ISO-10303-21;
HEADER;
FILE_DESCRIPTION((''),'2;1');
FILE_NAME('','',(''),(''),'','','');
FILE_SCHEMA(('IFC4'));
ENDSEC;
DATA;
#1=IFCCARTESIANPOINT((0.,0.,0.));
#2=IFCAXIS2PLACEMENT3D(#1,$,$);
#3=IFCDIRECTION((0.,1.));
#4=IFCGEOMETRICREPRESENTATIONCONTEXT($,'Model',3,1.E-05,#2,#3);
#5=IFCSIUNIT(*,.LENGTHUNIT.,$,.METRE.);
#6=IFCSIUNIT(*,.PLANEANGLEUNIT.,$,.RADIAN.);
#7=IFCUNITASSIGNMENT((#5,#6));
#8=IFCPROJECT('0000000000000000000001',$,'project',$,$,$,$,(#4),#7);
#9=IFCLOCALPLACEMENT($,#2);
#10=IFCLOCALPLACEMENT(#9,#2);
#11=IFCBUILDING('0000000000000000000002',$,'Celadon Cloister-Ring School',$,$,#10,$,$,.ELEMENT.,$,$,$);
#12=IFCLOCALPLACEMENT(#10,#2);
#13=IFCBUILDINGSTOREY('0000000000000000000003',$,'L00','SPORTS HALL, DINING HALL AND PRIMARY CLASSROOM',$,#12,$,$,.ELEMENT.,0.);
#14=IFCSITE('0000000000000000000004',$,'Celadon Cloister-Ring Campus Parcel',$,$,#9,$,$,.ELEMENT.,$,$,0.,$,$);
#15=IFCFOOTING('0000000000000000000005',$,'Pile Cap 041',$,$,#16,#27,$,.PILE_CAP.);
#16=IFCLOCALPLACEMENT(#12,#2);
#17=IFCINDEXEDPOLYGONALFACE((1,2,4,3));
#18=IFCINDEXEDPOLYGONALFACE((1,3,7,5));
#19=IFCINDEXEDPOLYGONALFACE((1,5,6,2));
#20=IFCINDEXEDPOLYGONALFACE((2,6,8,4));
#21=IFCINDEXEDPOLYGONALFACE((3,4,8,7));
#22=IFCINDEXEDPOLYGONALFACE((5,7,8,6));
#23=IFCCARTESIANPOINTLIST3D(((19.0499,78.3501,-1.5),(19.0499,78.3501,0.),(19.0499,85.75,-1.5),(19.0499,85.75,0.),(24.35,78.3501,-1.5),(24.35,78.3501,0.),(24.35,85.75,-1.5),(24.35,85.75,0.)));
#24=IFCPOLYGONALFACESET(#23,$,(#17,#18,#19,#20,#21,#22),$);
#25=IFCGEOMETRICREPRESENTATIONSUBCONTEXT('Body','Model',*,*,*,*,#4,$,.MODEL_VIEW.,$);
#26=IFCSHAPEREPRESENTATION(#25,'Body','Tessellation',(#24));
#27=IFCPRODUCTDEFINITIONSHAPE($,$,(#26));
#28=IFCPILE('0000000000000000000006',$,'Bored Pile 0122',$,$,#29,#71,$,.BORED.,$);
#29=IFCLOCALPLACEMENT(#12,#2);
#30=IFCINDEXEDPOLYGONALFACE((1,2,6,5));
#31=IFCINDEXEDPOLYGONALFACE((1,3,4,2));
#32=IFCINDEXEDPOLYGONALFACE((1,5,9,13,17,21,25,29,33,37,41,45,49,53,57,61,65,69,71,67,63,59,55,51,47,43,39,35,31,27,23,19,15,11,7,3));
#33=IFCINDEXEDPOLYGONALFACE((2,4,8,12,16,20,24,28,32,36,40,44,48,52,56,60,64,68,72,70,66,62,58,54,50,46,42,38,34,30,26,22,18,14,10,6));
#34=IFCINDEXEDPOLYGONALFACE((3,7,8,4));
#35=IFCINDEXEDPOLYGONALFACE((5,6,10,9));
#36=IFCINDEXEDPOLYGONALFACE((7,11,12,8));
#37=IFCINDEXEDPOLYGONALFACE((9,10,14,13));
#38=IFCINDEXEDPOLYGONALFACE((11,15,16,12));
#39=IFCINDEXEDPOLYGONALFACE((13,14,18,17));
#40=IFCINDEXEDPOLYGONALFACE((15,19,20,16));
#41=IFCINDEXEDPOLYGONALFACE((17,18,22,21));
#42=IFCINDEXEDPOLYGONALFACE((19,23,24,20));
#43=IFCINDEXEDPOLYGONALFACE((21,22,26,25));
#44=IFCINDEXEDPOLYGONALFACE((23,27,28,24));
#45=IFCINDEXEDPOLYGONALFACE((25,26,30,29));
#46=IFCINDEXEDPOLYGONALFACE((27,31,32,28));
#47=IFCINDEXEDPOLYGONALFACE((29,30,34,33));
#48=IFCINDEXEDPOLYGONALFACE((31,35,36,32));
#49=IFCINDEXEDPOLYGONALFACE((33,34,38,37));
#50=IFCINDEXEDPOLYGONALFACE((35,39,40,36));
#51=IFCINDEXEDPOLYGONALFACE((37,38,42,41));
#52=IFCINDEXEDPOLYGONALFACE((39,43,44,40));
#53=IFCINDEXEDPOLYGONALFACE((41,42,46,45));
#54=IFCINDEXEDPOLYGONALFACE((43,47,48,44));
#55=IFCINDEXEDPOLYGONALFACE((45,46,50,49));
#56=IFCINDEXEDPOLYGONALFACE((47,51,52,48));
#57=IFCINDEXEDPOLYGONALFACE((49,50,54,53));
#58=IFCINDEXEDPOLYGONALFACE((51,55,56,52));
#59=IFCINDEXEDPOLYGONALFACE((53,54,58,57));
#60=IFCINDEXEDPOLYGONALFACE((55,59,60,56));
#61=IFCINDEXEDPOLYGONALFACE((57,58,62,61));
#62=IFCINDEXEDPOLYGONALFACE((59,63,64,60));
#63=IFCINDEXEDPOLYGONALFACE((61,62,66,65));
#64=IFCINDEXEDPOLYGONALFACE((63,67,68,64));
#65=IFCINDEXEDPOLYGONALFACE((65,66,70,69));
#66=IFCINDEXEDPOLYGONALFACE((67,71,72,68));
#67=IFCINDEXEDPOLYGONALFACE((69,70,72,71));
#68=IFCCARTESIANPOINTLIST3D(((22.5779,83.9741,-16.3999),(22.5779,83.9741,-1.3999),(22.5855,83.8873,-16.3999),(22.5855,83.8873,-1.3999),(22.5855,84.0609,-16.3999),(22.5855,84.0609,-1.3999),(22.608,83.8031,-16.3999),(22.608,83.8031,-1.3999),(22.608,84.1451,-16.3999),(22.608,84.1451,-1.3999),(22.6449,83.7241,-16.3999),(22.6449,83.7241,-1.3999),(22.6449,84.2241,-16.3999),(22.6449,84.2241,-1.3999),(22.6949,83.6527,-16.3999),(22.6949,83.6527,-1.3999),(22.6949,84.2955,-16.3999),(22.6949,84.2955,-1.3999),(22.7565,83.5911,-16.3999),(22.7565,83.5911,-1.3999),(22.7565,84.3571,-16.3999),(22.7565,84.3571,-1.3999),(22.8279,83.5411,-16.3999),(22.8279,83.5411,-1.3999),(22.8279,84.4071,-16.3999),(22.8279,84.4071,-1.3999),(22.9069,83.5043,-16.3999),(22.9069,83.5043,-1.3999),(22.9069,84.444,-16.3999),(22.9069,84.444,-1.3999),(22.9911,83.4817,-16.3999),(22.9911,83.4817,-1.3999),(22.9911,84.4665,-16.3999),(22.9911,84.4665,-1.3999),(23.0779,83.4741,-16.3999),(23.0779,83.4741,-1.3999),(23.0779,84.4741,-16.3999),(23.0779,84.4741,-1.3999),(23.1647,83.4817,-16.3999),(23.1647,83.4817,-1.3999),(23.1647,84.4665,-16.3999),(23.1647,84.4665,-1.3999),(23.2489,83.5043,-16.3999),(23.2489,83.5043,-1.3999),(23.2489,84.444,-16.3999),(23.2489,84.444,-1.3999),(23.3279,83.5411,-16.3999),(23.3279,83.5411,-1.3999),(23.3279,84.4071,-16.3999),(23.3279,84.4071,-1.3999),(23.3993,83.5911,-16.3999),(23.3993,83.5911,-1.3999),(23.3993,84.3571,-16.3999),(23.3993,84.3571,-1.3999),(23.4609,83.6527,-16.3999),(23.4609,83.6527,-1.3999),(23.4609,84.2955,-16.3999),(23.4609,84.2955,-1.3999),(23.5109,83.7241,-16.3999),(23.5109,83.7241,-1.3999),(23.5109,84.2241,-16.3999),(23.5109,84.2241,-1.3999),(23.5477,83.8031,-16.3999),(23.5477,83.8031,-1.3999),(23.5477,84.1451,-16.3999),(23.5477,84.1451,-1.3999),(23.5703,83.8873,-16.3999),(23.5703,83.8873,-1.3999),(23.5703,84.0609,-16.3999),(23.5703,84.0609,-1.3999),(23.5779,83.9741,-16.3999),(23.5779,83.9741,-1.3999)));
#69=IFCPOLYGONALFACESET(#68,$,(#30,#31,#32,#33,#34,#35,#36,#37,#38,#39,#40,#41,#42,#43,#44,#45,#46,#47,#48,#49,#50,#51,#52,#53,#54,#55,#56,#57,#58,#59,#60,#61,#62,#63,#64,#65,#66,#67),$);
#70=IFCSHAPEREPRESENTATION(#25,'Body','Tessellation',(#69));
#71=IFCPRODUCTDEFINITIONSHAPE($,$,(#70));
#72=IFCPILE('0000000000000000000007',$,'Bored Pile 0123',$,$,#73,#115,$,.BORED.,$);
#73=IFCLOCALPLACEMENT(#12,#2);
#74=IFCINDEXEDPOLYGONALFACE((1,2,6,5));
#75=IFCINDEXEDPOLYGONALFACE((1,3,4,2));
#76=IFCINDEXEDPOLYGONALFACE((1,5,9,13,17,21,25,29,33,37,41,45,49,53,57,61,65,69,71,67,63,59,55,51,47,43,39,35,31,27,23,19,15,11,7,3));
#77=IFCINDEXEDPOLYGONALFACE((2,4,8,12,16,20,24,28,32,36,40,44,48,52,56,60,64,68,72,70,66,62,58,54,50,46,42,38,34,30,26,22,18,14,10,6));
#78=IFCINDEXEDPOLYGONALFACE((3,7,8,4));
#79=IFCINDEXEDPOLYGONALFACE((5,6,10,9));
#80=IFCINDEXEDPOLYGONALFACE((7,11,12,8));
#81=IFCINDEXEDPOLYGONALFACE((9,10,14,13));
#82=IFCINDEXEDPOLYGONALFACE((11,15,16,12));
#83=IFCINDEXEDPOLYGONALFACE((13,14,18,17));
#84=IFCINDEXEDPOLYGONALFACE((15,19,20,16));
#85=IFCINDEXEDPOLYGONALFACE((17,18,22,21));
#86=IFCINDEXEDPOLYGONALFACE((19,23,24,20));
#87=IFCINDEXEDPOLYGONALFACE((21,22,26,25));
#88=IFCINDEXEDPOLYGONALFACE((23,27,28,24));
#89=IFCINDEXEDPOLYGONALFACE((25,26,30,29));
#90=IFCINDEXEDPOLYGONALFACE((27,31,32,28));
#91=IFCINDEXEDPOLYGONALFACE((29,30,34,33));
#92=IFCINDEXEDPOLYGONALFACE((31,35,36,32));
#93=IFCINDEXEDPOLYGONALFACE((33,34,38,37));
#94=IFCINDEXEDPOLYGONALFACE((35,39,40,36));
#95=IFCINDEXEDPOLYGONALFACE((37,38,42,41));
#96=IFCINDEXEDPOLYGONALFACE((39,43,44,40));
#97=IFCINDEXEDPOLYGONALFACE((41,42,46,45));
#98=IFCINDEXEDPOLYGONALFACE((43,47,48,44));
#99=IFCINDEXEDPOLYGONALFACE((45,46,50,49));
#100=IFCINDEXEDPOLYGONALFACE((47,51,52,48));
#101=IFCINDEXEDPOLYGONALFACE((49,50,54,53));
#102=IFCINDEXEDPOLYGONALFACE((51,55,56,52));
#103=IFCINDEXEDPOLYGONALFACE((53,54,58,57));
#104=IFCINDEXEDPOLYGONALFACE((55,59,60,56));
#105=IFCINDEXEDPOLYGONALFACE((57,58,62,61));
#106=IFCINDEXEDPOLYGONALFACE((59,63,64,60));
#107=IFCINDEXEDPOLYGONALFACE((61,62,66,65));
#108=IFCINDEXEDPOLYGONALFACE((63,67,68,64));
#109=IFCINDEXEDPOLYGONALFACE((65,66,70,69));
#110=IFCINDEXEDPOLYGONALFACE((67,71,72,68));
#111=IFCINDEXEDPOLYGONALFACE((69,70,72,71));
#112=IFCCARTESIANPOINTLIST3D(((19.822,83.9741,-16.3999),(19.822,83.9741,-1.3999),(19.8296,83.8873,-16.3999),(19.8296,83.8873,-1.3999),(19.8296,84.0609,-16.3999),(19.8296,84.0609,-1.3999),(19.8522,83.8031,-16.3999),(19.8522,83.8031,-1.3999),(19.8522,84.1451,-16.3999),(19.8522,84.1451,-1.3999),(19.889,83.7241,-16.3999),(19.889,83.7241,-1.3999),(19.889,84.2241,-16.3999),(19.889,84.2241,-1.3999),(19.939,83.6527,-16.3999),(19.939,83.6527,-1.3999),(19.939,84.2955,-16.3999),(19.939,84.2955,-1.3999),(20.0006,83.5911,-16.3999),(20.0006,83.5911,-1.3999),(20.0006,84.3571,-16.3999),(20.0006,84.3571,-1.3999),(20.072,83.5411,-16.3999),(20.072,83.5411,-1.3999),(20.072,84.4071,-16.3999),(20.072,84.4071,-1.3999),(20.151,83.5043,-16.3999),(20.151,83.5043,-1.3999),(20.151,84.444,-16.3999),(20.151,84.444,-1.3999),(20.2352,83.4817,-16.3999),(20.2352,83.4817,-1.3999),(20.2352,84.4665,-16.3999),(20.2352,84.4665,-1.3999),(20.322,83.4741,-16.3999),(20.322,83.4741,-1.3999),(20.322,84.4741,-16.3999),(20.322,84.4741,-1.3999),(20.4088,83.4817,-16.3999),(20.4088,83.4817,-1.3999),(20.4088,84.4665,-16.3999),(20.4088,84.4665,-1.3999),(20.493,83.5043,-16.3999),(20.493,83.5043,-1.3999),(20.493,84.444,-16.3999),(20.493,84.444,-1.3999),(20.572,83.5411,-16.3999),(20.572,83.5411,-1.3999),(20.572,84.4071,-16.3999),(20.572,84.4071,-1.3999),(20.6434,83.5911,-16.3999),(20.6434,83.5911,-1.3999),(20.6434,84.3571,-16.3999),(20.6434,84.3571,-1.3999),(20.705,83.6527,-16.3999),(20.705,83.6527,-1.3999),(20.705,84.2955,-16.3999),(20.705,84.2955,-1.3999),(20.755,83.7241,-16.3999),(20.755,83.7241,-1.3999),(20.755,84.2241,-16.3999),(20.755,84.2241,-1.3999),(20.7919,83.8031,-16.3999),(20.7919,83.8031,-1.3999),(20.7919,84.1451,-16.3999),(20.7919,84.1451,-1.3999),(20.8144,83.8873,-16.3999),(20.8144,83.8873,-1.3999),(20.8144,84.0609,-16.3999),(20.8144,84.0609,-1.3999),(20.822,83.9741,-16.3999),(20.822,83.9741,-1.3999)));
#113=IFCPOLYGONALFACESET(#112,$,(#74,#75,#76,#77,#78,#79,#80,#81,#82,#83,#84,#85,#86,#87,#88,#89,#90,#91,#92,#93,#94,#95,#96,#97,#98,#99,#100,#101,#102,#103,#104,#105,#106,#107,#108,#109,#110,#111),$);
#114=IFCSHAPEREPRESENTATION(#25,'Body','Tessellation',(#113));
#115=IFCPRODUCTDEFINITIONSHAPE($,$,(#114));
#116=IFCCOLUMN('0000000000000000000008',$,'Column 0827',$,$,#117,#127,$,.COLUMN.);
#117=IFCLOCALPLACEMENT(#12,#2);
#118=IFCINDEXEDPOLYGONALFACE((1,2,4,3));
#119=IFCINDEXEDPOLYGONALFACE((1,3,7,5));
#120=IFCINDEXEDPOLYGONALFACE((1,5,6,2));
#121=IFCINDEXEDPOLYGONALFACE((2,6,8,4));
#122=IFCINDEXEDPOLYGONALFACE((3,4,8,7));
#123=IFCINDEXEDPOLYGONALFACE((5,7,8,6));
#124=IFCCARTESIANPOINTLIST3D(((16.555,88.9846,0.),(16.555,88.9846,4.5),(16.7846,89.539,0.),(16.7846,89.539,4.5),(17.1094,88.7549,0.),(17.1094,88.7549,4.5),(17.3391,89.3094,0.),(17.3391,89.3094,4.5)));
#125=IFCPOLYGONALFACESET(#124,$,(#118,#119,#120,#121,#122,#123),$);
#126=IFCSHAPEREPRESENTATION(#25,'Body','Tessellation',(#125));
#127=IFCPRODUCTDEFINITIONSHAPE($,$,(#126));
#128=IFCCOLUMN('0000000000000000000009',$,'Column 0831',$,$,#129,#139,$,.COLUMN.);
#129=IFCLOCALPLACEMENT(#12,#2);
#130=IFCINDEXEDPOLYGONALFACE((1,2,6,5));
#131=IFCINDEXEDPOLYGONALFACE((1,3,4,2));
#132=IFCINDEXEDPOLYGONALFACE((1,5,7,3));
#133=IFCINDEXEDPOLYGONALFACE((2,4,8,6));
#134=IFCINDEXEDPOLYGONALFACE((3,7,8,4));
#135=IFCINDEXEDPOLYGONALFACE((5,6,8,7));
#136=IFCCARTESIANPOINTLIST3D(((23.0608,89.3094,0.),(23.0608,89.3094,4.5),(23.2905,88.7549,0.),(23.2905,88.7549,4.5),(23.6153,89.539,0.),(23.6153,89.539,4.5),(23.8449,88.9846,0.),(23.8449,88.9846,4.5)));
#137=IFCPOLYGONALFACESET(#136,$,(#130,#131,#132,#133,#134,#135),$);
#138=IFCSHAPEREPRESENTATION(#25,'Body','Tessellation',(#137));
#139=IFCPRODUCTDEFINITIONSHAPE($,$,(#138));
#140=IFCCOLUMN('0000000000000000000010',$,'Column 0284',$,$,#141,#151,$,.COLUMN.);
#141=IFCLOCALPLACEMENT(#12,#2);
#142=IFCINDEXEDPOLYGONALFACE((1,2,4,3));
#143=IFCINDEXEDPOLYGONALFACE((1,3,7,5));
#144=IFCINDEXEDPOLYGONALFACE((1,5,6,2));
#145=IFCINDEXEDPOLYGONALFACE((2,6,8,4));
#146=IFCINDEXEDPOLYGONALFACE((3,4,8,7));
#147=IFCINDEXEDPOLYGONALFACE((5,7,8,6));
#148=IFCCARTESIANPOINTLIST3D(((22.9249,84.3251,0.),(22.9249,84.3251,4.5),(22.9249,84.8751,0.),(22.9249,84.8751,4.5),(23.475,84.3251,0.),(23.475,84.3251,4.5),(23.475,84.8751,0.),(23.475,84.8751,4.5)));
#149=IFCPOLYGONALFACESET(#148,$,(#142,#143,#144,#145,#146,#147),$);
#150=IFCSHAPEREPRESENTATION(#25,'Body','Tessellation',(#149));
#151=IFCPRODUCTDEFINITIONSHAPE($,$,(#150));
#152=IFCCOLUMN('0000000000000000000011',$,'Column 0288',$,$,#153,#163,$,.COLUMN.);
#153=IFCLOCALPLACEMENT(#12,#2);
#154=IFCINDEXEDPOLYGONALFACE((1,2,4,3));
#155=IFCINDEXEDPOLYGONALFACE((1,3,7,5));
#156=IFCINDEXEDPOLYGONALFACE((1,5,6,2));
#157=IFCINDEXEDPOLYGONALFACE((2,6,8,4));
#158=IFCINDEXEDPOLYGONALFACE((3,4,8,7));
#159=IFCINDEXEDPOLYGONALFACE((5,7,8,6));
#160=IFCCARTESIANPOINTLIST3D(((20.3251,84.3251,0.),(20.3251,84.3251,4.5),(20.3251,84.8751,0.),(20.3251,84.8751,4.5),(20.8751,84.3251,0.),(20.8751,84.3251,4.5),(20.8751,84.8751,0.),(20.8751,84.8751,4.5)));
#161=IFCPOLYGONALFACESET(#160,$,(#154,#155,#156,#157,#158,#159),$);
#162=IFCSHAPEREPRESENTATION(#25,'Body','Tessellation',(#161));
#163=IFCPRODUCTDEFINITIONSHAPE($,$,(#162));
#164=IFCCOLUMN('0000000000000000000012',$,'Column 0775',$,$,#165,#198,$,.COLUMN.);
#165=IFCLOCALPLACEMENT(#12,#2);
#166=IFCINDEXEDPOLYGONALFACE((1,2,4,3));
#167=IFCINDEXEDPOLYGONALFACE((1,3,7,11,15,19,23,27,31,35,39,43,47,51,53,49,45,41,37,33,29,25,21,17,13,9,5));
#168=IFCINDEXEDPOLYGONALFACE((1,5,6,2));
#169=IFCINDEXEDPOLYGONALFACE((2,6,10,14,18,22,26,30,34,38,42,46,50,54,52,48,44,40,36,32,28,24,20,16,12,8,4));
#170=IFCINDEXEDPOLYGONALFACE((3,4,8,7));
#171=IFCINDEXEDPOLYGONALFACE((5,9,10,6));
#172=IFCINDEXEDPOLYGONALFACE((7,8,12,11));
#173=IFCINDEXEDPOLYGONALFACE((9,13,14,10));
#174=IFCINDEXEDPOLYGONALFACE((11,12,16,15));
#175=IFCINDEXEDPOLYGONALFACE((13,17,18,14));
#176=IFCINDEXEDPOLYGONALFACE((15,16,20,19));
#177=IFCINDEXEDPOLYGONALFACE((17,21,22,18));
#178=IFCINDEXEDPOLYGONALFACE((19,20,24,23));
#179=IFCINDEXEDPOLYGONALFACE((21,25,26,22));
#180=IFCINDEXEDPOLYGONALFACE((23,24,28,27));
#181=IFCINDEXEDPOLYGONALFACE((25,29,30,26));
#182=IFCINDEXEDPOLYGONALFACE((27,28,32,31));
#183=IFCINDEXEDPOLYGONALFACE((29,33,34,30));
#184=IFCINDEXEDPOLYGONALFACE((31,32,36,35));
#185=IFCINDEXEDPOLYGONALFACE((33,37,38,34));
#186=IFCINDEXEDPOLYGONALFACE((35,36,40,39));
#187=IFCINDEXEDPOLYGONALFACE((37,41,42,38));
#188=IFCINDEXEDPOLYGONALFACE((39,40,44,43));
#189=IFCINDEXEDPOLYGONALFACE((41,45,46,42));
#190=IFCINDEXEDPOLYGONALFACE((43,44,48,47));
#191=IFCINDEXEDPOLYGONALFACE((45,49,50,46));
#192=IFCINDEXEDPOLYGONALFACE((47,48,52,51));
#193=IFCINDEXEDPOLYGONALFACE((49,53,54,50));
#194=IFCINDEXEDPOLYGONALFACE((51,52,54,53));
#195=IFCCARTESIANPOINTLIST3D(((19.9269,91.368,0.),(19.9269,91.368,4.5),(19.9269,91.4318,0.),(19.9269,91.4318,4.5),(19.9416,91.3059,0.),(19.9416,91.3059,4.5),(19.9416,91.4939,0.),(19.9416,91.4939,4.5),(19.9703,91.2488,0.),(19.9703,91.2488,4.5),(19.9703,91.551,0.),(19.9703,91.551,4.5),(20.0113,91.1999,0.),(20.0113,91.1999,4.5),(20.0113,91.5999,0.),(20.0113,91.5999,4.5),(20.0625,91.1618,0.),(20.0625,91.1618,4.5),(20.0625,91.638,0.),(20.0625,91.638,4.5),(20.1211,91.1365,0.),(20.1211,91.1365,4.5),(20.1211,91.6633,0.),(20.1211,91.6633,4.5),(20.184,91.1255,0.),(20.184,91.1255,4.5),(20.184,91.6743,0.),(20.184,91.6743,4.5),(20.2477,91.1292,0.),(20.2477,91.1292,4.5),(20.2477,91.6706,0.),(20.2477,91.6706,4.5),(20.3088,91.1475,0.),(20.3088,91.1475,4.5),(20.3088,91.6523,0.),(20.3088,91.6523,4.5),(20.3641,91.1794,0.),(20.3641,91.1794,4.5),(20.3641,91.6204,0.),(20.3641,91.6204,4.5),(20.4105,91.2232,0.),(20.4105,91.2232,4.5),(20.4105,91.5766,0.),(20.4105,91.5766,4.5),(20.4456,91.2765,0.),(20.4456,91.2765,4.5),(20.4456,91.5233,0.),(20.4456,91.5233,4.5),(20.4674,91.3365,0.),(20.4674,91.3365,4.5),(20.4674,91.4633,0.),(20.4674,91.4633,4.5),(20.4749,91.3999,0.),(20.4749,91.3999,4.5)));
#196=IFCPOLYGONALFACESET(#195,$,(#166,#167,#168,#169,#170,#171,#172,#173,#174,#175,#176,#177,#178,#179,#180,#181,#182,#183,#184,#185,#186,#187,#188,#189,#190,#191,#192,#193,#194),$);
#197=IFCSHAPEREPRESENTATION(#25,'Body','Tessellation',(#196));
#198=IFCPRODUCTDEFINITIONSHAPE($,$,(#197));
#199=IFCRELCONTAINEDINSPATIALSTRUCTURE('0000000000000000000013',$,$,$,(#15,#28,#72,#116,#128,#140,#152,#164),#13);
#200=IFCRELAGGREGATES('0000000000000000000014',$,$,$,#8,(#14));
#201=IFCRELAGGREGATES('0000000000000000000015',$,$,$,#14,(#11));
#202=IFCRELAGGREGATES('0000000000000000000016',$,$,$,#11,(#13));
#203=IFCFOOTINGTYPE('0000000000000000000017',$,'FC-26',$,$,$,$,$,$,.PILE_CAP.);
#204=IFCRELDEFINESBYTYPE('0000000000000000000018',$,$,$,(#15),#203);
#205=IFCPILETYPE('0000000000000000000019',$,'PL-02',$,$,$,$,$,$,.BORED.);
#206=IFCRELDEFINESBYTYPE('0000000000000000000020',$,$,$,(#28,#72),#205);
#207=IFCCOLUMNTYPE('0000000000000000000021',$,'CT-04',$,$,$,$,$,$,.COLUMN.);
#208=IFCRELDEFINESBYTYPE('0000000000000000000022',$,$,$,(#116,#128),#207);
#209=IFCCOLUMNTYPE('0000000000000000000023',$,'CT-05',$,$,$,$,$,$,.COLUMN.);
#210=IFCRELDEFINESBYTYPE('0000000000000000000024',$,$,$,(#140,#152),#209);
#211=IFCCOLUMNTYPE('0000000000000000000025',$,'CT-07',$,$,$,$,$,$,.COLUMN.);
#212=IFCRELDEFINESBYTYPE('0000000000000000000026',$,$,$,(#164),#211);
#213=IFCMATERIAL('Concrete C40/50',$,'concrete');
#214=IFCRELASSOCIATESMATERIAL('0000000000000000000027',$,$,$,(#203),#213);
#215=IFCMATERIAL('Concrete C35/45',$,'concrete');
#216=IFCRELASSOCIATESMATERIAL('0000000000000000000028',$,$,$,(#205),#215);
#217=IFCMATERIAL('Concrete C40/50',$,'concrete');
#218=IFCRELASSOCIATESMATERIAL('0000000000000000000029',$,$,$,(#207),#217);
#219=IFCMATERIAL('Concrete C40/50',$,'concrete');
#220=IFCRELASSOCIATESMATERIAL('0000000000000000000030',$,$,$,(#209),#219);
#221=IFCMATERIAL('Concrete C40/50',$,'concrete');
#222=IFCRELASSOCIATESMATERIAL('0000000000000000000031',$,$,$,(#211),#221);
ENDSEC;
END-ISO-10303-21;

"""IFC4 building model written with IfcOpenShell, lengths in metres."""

from ifc_helpers import new_model, si_unit, direction, frame, origin, origin_2d, place, context, subcontext, project, spatial, rectangle, circle, extrude, material, material_profile, profile_set, type_object, element, save


model = new_model("IFC4")

# Units and contexts
model_context = context("Model", 3, precision=1e-05, world=origin(), true_north=direction((0.0, 1.0)))
body_context = subcontext(model_context, "Body", "Model", "MODEL_VIEW")
ifc_project = project(units=[si_unit("LENGTHUNIT", "METRE"), si_unit("PLANEANGLEUNIT", "RADIAN")], contexts=[model_context])

# Site, building, storey
site_placement = place(None, origin())
site = spatial("IfcSite", under=ifc_project, at=site_placement, Name="Celadon Cloister-Ring Campus Parcel", CompositionType="ELEMENT", RefElevation=0.0)
building_placement = place(site_placement, origin())
building = spatial("IfcBuilding", under=site, at=building_placement, Name="Celadon Cloister-Ring School", CompositionType="ELEMENT")
storey_placement = place(building_placement, origin())
storey = spatial("IfcBuildingStorey", under=building, at=storey_placement, Name="L00", Description="SPORTS HALL, DINING HALL AND PRIMARY CLASSROOM", CompositionType="ELEMENT", Elevation=0.0)

# Footing
ifc_material_1 = material(Name="Concrete C40/50", Category="concrete")
footing_type = type_object("IfcFootingType", Name="FC-26", PredefinedType="PILE_CAP", material=ifc_material_1)
footing_placement = place(storey_placement, frame((21.7, 82.05, -1.5), z_axis=(0.0, 0.0, 1.0), x_axis=(1.0, 0.0, 0.0)))
element("IfcFooting", 1, at=footing_placement, inside=storey, type_object=footing_type, Name="Pile Cap 041", PredefinedType="PILE_CAP", context=body_context, shape_type="SweptSolid", body=[
    extrude(rectangle(XDim=5.3, YDim=7.3999, at=origin_2d()), origin(), (0.0, 0.0, 1.0), 1.5),
])

# Piles
ifc_material_2 = material(Name="Concrete C35/45", Category="concrete")
ifc_material_profile_1 = material_profile(ifc_material_2, circle(Radius=0.5, at=origin_2d()), Name="PILE1000")
ifc_profile_set_1 = profile_set([ifc_material_profile_1], Name="Concrete C35/45")
pile_type = type_object("IfcPileType", Name="PL-02", PredefinedType="BORED", material=ifc_profile_set_1)
for number, where, z_axis, x_axis, name in (
    (2, (23.0779, 83.9741, -1.3999), (0.0, 0.0, -1.0), (1.0, 0.0, 0.0), "Bored Pile 0122"),
    (3, (20.322, 83.9741, -1.3999), (0.0, 0.0, -1.0), (1.0, 0.0, 0.0), "Bored Pile 0123"),
):
    element("IfcPile", number, at=place(storey_placement, frame(where, z_axis=z_axis, x_axis=x_axis)), inside=storey, type_object=pile_type, Name=name, PredefinedType="BORED", context=body_context, shape_type="SweptSolid", body=[
        extrude(circle(Radius=0.5, at=origin_2d()), origin(), (0.0, 0.0, 1.0), 15.0),
    ])

# Columns
ifc_material_3 = material(Name="Concrete C40/50", Category="concrete")
ifc_material_profile_2 = material_profile(ifc_material_3, rectangle(XDim=0.6001, YDim=0.6001, at=origin_2d()), Name="RC600X600")
ifc_profile_set_2 = profile_set([ifc_material_profile_2], Name="Concrete C40/50")
column_type_1 = type_object("IfcColumnType", Name="CT-04", PredefinedType="COLUMN", material=ifc_profile_set_2)
for number, where, z_axis, x_axis, name in (
    (4, (16.947, 89.147, 0.0), (0.0, 0.0, 1.0), (-0.382683, -0.92388, 0.0), "Column 0827"),
    (5, (23.4529, 89.147, 0.0), (0.0, 0.0, 1.0), (0.382683, -0.92388, 0.0), "Column 0831"),
):
    element("IfcColumn", number, at=place(storey_placement, frame(where, z_axis=z_axis, x_axis=x_axis)), inside=storey, type_object=column_type_1, Name=name, PredefinedType="COLUMN", context=body_context, shape_type="SweptSolid", body=[
        extrude(rectangle(XDim=0.6001, YDim=0.6001, at=origin_2d()), origin(), (0.0, 0.0, 1.0), 4.5),
    ])
ifc_material_4 = material(Name="Concrete C40/50", Category="concrete")
ifc_material_profile_3 = material_profile(ifc_material_4, rectangle(XDim=0.55, YDim=0.55, at=origin_2d()), Name="RC550X550")
ifc_profile_set_3 = profile_set([ifc_material_profile_3], Name="Concrete C40/50")
column_type_2 = type_object("IfcColumnType", Name="CT-05", PredefinedType="COLUMN", material=ifc_profile_set_3)
for number, where, z_axis, x_axis, name in (
    (6, (23.2, 84.6001, 0.0), (0.0, 0.0, 1.0), (1.0, 0.0, 0.0), "Column 0284"),
    (7, (20.6001, 84.6001, 0.0), (0.0, 0.0, 1.0), (1.0, 0.0, 0.0), "Column 0288"),
):
    element("IfcColumn", number, at=place(storey_placement, frame(where, z_axis=z_axis, x_axis=x_axis)), inside=storey, type_object=column_type_2, Name=name, PredefinedType="COLUMN", context=body_context, shape_type="SweptSolid", body=[
        extrude(rectangle(XDim=0.55, YDim=0.55, at=origin_2d()), origin(), (0.0, 0.0, 1.0), 4.5),
    ])
ifc_material_5 = material(Name="Concrete C40/50", Category="concrete")
ifc_material_profile_4 = material_profile(ifc_material_5, circle(Radius=0.2749, at=origin_2d()), Name="CIRC550")
ifc_profile_set_4 = profile_set([ifc_material_profile_4], Name="Concrete C40/50")
column_type_3 = type_object("IfcColumnType", Name="CT-07", PredefinedType="COLUMN", material=ifc_profile_set_4)
column_placement = place(storey_placement, frame((20.2, 91.3999, 0.0), z_axis=(0.0, 0.0, 1.0), x_axis=(1.0, 0.0, 0.0)))
element("IfcColumn", 8, at=column_placement, inside=storey, type_object=column_type_3, Name="Column 0775", PredefinedType="COLUMN", context=body_context, shape_type="SweptSolid", body=[
    extrude(circle(Radius=0.2749, at=origin_2d()), origin(), (0.0, 0.0, 1.0), 4.5),
])

save(model, "model.ifc")
